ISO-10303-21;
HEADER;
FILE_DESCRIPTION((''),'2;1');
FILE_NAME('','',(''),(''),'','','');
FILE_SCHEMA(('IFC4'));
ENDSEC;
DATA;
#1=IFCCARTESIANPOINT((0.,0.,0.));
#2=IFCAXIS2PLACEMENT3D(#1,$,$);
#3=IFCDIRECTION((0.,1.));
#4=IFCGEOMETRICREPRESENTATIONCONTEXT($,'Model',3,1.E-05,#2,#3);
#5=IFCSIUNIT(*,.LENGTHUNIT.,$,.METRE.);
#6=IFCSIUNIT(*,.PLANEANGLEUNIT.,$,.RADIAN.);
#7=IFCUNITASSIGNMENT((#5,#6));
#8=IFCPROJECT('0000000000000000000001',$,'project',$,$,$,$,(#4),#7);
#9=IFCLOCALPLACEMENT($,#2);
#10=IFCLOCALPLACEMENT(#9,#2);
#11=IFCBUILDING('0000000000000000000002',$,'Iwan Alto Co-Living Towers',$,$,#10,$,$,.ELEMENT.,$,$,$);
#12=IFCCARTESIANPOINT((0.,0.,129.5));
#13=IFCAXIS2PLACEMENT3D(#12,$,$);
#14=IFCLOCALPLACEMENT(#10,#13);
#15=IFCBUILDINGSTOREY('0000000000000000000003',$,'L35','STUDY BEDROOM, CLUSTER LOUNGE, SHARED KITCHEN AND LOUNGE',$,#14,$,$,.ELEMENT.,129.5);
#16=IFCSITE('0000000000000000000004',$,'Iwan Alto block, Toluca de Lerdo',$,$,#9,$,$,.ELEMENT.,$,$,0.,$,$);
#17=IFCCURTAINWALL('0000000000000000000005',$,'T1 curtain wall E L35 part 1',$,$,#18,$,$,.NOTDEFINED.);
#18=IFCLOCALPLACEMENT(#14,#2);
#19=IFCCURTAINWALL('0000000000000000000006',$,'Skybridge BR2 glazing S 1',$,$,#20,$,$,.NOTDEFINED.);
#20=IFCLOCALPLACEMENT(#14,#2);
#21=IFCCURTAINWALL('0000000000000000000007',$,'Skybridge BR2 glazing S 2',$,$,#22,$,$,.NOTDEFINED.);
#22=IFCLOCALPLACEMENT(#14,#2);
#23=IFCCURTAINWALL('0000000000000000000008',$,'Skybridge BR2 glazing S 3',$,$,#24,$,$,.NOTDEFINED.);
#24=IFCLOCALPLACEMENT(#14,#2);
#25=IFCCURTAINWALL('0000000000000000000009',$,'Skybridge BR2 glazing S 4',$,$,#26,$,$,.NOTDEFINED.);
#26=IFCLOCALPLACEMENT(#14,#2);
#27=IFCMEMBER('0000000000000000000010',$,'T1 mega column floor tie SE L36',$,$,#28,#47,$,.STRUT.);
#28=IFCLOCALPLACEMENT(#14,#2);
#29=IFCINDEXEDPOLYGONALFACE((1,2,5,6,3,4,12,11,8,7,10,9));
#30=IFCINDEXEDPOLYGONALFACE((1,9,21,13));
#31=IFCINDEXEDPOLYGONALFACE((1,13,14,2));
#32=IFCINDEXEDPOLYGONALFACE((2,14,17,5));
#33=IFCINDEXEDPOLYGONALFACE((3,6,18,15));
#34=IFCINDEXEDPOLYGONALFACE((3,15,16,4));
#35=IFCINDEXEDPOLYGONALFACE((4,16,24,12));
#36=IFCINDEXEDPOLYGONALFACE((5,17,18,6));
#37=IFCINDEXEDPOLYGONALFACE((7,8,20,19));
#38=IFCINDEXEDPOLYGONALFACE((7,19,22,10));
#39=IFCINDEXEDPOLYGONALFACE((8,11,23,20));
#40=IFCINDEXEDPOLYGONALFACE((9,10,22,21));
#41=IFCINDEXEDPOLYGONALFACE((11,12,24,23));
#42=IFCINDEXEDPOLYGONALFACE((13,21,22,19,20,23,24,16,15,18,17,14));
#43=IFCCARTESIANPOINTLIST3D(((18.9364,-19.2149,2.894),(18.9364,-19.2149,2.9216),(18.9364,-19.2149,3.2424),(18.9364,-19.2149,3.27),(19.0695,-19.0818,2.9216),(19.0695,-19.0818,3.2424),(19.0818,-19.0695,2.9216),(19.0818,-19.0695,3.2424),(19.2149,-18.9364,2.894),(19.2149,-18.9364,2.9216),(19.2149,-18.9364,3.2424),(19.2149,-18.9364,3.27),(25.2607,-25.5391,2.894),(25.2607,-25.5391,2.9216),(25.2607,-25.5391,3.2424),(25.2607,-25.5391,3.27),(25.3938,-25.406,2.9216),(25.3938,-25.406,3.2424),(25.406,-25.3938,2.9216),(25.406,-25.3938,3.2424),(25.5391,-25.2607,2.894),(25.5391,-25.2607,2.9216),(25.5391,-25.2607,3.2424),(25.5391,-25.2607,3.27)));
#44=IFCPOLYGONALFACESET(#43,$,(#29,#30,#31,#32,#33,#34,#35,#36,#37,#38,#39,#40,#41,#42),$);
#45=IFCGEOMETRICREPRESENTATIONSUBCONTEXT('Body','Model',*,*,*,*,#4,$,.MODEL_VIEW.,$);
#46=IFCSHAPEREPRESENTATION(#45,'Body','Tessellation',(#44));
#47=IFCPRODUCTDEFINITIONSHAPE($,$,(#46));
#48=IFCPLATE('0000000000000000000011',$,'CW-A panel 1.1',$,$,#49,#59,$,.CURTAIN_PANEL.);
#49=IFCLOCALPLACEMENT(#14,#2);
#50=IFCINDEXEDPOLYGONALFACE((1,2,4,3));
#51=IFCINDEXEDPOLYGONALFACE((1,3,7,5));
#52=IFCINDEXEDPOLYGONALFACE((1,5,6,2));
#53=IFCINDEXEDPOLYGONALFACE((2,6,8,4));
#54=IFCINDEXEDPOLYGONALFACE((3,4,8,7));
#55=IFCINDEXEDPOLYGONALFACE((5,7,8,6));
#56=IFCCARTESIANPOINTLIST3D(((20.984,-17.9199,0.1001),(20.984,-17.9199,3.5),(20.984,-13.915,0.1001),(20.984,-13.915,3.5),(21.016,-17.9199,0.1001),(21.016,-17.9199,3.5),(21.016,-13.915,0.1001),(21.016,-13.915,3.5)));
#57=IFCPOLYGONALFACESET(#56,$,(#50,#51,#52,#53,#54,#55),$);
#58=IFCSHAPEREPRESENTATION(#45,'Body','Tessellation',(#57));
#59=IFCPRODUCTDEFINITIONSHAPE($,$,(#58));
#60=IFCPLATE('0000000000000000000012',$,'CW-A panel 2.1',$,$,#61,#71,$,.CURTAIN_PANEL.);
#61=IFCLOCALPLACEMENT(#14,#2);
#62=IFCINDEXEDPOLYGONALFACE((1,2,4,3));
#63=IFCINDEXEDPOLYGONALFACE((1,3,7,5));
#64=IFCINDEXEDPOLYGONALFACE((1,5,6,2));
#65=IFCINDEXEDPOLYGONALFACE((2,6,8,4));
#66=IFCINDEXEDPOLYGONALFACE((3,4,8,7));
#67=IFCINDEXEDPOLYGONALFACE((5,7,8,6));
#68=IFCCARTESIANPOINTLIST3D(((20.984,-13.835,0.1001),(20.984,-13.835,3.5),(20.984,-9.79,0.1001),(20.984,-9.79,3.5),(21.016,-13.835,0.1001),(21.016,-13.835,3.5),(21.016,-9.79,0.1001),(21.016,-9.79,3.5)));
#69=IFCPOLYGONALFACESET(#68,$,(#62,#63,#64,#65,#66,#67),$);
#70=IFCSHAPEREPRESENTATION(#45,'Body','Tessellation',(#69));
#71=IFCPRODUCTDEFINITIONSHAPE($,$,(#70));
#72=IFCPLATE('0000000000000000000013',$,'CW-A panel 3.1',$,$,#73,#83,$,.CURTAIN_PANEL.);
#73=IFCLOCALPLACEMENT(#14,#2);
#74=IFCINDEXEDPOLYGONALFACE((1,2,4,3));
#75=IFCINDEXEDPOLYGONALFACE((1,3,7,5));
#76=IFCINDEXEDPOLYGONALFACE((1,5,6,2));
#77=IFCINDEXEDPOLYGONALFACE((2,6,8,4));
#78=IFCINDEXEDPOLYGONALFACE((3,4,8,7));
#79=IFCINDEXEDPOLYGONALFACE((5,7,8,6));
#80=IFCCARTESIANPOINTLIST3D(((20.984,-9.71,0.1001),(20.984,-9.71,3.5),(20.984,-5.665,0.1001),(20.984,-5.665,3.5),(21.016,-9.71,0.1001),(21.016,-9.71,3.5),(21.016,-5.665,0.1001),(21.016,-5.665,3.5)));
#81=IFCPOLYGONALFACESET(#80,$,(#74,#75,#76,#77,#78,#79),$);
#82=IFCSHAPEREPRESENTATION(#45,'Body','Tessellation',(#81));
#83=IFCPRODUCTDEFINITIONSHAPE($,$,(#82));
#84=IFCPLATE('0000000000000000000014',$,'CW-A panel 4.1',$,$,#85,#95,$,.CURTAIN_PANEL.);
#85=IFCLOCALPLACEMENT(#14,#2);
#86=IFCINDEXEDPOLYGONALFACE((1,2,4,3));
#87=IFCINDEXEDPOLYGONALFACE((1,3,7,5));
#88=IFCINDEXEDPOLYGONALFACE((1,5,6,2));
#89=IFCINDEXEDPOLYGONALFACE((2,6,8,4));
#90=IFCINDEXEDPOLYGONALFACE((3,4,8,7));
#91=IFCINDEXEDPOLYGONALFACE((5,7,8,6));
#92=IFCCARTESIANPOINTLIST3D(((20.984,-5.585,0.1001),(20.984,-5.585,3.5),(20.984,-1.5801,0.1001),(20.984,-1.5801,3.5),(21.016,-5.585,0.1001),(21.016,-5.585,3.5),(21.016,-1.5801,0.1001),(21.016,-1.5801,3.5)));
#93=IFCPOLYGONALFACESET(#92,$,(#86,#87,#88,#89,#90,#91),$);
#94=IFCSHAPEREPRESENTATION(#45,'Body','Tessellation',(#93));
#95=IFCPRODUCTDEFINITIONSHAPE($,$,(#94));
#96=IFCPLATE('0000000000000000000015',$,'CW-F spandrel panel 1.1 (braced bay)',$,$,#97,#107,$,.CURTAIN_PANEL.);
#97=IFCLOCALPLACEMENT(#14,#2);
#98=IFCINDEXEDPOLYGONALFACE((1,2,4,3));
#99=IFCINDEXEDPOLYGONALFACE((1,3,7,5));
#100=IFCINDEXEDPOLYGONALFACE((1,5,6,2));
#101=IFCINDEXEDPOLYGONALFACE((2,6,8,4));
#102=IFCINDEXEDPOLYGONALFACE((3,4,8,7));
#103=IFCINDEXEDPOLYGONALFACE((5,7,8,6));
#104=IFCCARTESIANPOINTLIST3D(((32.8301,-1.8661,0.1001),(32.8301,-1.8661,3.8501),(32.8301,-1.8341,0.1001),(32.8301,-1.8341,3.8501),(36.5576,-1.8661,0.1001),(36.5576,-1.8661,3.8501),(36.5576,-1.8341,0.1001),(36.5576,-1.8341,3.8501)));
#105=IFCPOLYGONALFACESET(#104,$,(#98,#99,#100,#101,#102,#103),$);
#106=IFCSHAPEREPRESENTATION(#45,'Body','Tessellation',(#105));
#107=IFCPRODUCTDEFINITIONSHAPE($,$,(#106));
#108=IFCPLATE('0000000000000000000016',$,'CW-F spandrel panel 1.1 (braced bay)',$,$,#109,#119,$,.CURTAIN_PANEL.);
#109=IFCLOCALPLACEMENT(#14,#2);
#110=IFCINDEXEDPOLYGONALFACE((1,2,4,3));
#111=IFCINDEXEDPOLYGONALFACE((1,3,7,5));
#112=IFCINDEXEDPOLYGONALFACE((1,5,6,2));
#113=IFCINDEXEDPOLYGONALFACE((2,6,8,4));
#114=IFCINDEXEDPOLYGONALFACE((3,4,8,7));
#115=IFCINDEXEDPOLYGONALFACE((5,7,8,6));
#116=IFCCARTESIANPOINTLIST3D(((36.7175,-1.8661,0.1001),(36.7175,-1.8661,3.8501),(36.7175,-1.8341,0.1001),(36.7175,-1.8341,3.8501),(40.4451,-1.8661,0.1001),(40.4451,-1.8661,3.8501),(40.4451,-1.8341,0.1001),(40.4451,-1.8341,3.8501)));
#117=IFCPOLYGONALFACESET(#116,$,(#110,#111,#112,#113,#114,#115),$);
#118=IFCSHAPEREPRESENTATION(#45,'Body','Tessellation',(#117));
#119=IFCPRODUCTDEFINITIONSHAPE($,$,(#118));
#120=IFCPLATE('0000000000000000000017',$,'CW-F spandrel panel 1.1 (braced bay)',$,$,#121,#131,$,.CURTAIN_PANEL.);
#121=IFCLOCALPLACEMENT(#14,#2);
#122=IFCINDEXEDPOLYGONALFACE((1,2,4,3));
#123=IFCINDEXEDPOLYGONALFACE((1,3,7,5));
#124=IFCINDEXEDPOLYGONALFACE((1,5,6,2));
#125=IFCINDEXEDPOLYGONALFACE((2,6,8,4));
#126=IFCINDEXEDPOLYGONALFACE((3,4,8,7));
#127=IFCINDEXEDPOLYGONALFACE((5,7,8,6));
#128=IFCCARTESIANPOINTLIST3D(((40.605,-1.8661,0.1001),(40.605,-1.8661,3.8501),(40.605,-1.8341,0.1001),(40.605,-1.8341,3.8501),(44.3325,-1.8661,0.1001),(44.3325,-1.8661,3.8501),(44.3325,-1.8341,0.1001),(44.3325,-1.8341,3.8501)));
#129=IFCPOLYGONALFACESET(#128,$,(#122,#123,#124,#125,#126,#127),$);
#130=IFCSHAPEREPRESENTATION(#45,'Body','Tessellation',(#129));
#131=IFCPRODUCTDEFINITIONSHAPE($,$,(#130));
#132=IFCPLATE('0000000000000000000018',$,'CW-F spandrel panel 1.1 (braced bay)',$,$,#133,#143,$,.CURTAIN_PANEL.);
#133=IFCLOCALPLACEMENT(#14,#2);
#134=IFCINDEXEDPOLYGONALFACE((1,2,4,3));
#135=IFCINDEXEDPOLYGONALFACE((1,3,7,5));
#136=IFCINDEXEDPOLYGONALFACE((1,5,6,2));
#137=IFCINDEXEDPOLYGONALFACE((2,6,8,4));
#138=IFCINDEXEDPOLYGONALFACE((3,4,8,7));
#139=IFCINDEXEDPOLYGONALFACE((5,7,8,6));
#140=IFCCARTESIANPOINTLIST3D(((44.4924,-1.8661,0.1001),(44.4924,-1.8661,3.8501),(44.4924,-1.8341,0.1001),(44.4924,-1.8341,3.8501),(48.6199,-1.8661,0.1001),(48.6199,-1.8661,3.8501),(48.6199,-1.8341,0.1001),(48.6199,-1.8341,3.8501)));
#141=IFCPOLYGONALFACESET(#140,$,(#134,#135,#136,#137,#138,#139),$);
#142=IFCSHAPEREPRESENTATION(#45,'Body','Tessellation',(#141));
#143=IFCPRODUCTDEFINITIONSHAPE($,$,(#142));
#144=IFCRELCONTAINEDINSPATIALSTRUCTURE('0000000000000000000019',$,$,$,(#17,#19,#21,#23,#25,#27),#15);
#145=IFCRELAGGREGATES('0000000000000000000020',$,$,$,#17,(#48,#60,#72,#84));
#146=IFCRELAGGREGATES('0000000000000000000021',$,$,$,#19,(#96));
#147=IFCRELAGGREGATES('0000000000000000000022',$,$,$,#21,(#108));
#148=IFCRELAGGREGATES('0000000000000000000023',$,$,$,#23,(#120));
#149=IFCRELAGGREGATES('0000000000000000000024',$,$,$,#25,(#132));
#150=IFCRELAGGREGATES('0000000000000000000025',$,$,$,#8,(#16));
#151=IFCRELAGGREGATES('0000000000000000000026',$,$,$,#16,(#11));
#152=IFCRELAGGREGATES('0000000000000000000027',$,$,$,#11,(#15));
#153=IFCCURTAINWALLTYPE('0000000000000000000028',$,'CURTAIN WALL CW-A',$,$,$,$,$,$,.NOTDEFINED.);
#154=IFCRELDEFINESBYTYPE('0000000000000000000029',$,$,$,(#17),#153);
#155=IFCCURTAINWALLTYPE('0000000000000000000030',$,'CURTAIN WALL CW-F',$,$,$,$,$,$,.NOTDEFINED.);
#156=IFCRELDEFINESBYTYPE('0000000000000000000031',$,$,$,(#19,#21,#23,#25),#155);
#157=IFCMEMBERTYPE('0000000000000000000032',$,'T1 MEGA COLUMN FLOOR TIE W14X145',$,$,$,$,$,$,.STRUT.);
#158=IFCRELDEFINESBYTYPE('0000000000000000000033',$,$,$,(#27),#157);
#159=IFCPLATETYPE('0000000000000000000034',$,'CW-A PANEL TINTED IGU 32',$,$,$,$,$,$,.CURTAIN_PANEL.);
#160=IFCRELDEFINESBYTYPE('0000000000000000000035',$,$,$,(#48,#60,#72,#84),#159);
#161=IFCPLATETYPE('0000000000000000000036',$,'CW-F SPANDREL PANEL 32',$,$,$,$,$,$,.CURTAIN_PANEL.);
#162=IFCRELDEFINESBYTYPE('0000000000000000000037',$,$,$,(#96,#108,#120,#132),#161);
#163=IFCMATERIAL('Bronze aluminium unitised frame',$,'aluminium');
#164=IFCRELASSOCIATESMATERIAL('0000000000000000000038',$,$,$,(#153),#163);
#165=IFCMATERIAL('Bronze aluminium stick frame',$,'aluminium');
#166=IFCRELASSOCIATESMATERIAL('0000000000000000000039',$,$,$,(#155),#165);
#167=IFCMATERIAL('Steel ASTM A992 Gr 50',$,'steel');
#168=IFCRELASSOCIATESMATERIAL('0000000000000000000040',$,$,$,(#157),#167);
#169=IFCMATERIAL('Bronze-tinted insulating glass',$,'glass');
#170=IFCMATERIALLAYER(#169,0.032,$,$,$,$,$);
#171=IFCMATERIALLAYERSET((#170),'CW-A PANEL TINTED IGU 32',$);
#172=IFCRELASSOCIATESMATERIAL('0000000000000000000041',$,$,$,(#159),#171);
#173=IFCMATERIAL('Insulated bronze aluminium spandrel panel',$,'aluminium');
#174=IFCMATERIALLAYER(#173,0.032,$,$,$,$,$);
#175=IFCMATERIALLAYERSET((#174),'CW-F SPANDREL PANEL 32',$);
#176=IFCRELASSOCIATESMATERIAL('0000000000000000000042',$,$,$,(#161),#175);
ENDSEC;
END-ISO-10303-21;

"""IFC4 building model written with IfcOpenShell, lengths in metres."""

from ifc_helpers import new_model, si_unit, direction, frame, origin, origin_2d, place, context, subcontext, project, spatial, rectangle, i_section, extrude, material, layer, layer_set, material_profile, profile_set, type_object, element, aggregate, save


model = new_model("IFC4")

# Units and contexts
model_context = context("Model", 3, precision=1e-05, world=origin(), true_north=direction((0.0, 1.0)))
body_context = subcontext(model_context, "Body", "Model", "MODEL_VIEW")
ifc_project = project(units=[si_unit("LENGTHUNIT", "METRE"), si_unit("PLANEANGLEUNIT", "RADIAN")], contexts=[model_context])

# Site, building, storey
site_placement = place(None, origin())
site = spatial("IfcSite", under=ifc_project, at=site_placement, Name="Iwan Alto block, Toluca de Lerdo", CompositionType="ELEMENT", RefElevation=0.0)
building_placement = place(site_placement, origin())
building = spatial("IfcBuilding", under=site, at=building_placement, Name="Iwan Alto Co-Living Towers", CompositionType="ELEMENT")
storey_placement = place(building_placement, frame((0.0, 0.0, 129.5)))
storey = spatial("IfcBuildingStorey", under=building, at=storey_placement, Name="L35", Description="STUDY BEDROOM, CLUSTER LOUNGE, SHARED KITCHEN AND LOUNGE", CompositionType="ELEMENT", Elevation=129.5)

# Curtain wall
ifc_material_1 = material(Name="Bronze aluminium unitised frame", Category="aluminium")
curtain_wall_type_1 = type_object("IfcCurtainWallType", Name="CURTAIN WALL CW-A", PredefinedType="NOTDEFINED", material=ifc_material_1)
curtain_wall_1_placement = place(storey_placement, origin())
curtain_wall_1 = element("IfcCurtainWall", 1, at=curtain_wall_1_placement, inside=storey, type_object=curtain_wall_type_1, Name="T1 curtain wall E L35 part 1", PredefinedType="NOTDEFINED")

# Curtain walls
ifc_material_2 = material(Name="Bronze aluminium stick frame", Category="aluminium")
curtain_wall_type_2 = type_object("IfcCurtainWallType", Name="CURTAIN WALL CW-F", PredefinedType="NOTDEFINED", material=ifc_material_2)
curtain_wall_2_placement = place(storey_placement, origin())
curtain_wall_2 = element("IfcCurtainWall", 2, at=curtain_wall_2_placement, inside=storey, type_object=curtain_wall_type_2, Name="Skybridge BR2 glazing S 1", PredefinedType="NOTDEFINED")
curtain_wall_3_placement = place(storey_placement, origin())
curtain_wall_3 = element("IfcCurtainWall", 3, at=curtain_wall_3_placement, inside=storey, type_object=curtain_wall_type_2, Name="Skybridge BR2 glazing S 2", PredefinedType="NOTDEFINED")
curtain_wall_4_placement = place(storey_placement, origin())
curtain_wall_4 = element("IfcCurtainWall", 4, at=curtain_wall_4_placement, inside=storey, type_object=curtain_wall_type_2, Name="Skybridge BR2 glazing S 3", PredefinedType="NOTDEFINED")
curtain_wall_5_placement = place(storey_placement, origin())
curtain_wall_5 = element("IfcCurtainWall", 5, at=curtain_wall_5_placement, inside=storey, type_object=curtain_wall_type_2, Name="Skybridge BR2 glazing S 4", PredefinedType="NOTDEFINED")

# Member
ifc_material_3 = material(Name="Steel ASTM A992 Gr 50", Category="steel")
ifc_material_profile_1 = material_profile(ifc_material_3, i_section(OverallWidth=0.3938, OverallDepth=0.376, WebThickness=0.0173, FlangeThickness=0.0276, at=origin_2d()), Name="W14X145")
ifc_profile_set_1 = profile_set([ifc_material_profile_1], Name="Steel ASTM A992 Gr 50")
member_type_1 = type_object("IfcMemberType", Name="T1 MEGA COLUMN FLOOR TIE W14X145", PredefinedType="STRUT", material=ifc_profile_set_1)
member_1_placement = place(storey_placement, frame((25.3999, -25.3999, 3.082), z_axis=(-0.707107, 0.707107, 0.0), x_axis=(-0.707107, -0.707107, 0.0)))
element("IfcMember", 6, at=member_1_placement, inside=storey, type_object=member_type_1, Name="T1 mega column floor tie SE L36", PredefinedType="STRUT", context=body_context, shape_type="SweptSolid", body=[
    extrude(i_section(OverallWidth=0.3938, OverallDepth=0.376, WebThickness=0.0173, FlangeThickness=0.0276, at=origin_2d()), origin(), (0.0, 0.0, 1.0), 8.9438),
])

# Plates
ifc_material_4 = material(Name="Bronze-tinted insulating glass", Category="glass")
ifc_layer_1 = layer(ifc_material_4, 0.032)
ifc_layer_set_1 = layer_set([ifc_layer_1], Name="CW-A PANEL TINTED IGU 32")
plate_type_1 = type_object("IfcPlateType", Name="CW-A PANEL TINTED IGU 32", PredefinedType="CURTAIN_PANEL", material=ifc_layer_set_1)
plate_1_placement = place(storey_placement, frame((21.0, -15.9175, 0.1001), z_axis=(0.0, 0.0, 1.0), x_axis=(0.0, 1.0, 0.0)))
plate_1 = element("IfcPlate", 7, at=plate_1_placement, type_object=plate_type_1, Name="CW-A panel 1.1", PredefinedType="CURTAIN_PANEL", context=body_context, shape_type="SweptSolid", body=[
    extrude(rectangle(XDim=4.0049, YDim=0.032, at=origin_2d()), origin(), (0.0, 0.0, 1.0), 3.3999),
])
plate_2_placement = place(storey_placement, frame((21.0, -11.8125, 0.1001), z_axis=(0.0, 0.0, 1.0), x_axis=(0.0, 1.0, 0.0)))
plate_2 = element("IfcPlate", 8, at=plate_2_placement, type_object=plate_type_1, Name="CW-A panel 2.1", PredefinedType="CURTAIN_PANEL", context=body_context, shape_type="SweptSolid", body=[
    extrude(rectangle(XDim=4.0449, YDim=0.032, at=origin_2d()), origin(), (0.0, 0.0, 1.0), 3.3999),
])
plate_3_placement = place(storey_placement, frame((21.0, -7.6875, 0.1001), z_axis=(0.0, 0.0, 1.0), x_axis=(0.0, 1.0, 0.0)))
plate_3 = element("IfcPlate", 9, at=plate_3_placement, type_object=plate_type_1, Name="CW-A panel 3.1", PredefinedType="CURTAIN_PANEL", context=body_context, shape_type="SweptSolid", body=[
    extrude(rectangle(XDim=4.0449, YDim=0.032, at=origin_2d()), origin(), (0.0, 0.0, 1.0), 3.3999),
])
plate_4_placement = place(storey_placement, frame((21.0, -3.5825, 0.1001), z_axis=(0.0, 0.0, 1.0), x_axis=(0.0, 1.0, 0.0)))
plate_4 = element("IfcPlate", 10, at=plate_4_placement, type_object=plate_type_1, Name="CW-A panel 4.1", PredefinedType="CURTAIN_PANEL", context=body_context, shape_type="SweptSolid", body=[
    extrude(rectangle(XDim=4.0049, YDim=0.032, at=origin_2d()), origin(), (0.0, 0.0, 1.0), 3.3999),
])
aggregate(curtain_wall_1, [plate_1, plate_2, plate_3, plate_4])
ifc_material_5 = material(Name="Insulated bronze aluminium spandrel panel", Category="aluminium")
ifc_layer_2 = layer(ifc_material_5, 0.032)
ifc_layer_set_2 = layer_set([ifc_layer_2], Name="CW-F SPANDREL PANEL 32")
plate_type_2 = type_object("IfcPlateType", Name="CW-F SPANDREL PANEL 32", PredefinedType="CURTAIN_PANEL", material=ifc_layer_set_2)
plate_5_placement = place(storey_placement, frame((34.6938, -1.8501, 0.1001), z_axis=(0.0, 0.0, 1.0), x_axis=(1.0, 0.0, 0.0)))
plate_5 = element("IfcPlate", 11, at=plate_5_placement, type_object=plate_type_2, Name="CW-F spandrel panel 1.1 (braced bay)", PredefinedType="CURTAIN_PANEL", context=body_context, shape_type="SweptSolid", body=[
    extrude(rectangle(XDim=3.7275, YDim=0.032, at=origin_2d()), origin(), (0.0, 0.0, 1.0), 3.75),
])
aggregate(curtain_wall_2, [plate_5])
plate_6_placement = place(storey_placement, frame((38.5813, -1.8501, 0.1001), z_axis=(0.0, 0.0, 1.0), x_axis=(1.0, 0.0, 0.0)))
plate_6 = element("IfcPlate", 12, at=plate_6_placement, type_object=plate_type_2, Name="CW-F spandrel panel 1.1 (braced bay)", PredefinedType="CURTAIN_PANEL", context=body_context, shape_type="SweptSolid", body=[
    extrude(rectangle(XDim=3.7275, YDim=0.032, at=origin_2d()), origin(), (0.0, 0.0, 1.0), 3.75),
])
aggregate(curtain_wall_3, [plate_6])
plate_7_placement = place(storey_placement, frame((42.4688, -1.8501, 0.1001), z_axis=(0.0, 0.0, 1.0), x_axis=(1.0, 0.0, 0.0)))
plate_7 = element("IfcPlate", 13, at=plate_7_placement, type_object=plate_type_2, Name="CW-F spandrel panel 1.1 (braced bay)", PredefinedType="CURTAIN_PANEL", context=body_context, shape_type="SweptSolid", body=[
    extrude(rectangle(XDim=3.7275, YDim=0.032, at=origin_2d()), origin(), (0.0, 0.0, 1.0), 3.75),
])
aggregate(curtain_wall_4, [plate_7])
plate_8_placement = place(storey_placement, frame((46.5562, -1.8501, 0.1001), z_axis=(0.0, 0.0, 1.0), x_axis=(1.0, 0.0, 0.0)))
plate_8 = element("IfcPlate", 14, at=plate_8_placement, type_object=plate_type_2, Name="CW-F spandrel panel 1.1 (braced bay)", PredefinedType="CURTAIN_PANEL", context=body_context, shape_type="SweptSolid", body=[
    extrude(rectangle(XDim=4.1274, YDim=0.032, at=origin_2d()), origin(), (0.0, 0.0, 1.0), 3.75),
])
aggregate(curtain_wall_5, [plate_8])

save(model, "model.ifc")
